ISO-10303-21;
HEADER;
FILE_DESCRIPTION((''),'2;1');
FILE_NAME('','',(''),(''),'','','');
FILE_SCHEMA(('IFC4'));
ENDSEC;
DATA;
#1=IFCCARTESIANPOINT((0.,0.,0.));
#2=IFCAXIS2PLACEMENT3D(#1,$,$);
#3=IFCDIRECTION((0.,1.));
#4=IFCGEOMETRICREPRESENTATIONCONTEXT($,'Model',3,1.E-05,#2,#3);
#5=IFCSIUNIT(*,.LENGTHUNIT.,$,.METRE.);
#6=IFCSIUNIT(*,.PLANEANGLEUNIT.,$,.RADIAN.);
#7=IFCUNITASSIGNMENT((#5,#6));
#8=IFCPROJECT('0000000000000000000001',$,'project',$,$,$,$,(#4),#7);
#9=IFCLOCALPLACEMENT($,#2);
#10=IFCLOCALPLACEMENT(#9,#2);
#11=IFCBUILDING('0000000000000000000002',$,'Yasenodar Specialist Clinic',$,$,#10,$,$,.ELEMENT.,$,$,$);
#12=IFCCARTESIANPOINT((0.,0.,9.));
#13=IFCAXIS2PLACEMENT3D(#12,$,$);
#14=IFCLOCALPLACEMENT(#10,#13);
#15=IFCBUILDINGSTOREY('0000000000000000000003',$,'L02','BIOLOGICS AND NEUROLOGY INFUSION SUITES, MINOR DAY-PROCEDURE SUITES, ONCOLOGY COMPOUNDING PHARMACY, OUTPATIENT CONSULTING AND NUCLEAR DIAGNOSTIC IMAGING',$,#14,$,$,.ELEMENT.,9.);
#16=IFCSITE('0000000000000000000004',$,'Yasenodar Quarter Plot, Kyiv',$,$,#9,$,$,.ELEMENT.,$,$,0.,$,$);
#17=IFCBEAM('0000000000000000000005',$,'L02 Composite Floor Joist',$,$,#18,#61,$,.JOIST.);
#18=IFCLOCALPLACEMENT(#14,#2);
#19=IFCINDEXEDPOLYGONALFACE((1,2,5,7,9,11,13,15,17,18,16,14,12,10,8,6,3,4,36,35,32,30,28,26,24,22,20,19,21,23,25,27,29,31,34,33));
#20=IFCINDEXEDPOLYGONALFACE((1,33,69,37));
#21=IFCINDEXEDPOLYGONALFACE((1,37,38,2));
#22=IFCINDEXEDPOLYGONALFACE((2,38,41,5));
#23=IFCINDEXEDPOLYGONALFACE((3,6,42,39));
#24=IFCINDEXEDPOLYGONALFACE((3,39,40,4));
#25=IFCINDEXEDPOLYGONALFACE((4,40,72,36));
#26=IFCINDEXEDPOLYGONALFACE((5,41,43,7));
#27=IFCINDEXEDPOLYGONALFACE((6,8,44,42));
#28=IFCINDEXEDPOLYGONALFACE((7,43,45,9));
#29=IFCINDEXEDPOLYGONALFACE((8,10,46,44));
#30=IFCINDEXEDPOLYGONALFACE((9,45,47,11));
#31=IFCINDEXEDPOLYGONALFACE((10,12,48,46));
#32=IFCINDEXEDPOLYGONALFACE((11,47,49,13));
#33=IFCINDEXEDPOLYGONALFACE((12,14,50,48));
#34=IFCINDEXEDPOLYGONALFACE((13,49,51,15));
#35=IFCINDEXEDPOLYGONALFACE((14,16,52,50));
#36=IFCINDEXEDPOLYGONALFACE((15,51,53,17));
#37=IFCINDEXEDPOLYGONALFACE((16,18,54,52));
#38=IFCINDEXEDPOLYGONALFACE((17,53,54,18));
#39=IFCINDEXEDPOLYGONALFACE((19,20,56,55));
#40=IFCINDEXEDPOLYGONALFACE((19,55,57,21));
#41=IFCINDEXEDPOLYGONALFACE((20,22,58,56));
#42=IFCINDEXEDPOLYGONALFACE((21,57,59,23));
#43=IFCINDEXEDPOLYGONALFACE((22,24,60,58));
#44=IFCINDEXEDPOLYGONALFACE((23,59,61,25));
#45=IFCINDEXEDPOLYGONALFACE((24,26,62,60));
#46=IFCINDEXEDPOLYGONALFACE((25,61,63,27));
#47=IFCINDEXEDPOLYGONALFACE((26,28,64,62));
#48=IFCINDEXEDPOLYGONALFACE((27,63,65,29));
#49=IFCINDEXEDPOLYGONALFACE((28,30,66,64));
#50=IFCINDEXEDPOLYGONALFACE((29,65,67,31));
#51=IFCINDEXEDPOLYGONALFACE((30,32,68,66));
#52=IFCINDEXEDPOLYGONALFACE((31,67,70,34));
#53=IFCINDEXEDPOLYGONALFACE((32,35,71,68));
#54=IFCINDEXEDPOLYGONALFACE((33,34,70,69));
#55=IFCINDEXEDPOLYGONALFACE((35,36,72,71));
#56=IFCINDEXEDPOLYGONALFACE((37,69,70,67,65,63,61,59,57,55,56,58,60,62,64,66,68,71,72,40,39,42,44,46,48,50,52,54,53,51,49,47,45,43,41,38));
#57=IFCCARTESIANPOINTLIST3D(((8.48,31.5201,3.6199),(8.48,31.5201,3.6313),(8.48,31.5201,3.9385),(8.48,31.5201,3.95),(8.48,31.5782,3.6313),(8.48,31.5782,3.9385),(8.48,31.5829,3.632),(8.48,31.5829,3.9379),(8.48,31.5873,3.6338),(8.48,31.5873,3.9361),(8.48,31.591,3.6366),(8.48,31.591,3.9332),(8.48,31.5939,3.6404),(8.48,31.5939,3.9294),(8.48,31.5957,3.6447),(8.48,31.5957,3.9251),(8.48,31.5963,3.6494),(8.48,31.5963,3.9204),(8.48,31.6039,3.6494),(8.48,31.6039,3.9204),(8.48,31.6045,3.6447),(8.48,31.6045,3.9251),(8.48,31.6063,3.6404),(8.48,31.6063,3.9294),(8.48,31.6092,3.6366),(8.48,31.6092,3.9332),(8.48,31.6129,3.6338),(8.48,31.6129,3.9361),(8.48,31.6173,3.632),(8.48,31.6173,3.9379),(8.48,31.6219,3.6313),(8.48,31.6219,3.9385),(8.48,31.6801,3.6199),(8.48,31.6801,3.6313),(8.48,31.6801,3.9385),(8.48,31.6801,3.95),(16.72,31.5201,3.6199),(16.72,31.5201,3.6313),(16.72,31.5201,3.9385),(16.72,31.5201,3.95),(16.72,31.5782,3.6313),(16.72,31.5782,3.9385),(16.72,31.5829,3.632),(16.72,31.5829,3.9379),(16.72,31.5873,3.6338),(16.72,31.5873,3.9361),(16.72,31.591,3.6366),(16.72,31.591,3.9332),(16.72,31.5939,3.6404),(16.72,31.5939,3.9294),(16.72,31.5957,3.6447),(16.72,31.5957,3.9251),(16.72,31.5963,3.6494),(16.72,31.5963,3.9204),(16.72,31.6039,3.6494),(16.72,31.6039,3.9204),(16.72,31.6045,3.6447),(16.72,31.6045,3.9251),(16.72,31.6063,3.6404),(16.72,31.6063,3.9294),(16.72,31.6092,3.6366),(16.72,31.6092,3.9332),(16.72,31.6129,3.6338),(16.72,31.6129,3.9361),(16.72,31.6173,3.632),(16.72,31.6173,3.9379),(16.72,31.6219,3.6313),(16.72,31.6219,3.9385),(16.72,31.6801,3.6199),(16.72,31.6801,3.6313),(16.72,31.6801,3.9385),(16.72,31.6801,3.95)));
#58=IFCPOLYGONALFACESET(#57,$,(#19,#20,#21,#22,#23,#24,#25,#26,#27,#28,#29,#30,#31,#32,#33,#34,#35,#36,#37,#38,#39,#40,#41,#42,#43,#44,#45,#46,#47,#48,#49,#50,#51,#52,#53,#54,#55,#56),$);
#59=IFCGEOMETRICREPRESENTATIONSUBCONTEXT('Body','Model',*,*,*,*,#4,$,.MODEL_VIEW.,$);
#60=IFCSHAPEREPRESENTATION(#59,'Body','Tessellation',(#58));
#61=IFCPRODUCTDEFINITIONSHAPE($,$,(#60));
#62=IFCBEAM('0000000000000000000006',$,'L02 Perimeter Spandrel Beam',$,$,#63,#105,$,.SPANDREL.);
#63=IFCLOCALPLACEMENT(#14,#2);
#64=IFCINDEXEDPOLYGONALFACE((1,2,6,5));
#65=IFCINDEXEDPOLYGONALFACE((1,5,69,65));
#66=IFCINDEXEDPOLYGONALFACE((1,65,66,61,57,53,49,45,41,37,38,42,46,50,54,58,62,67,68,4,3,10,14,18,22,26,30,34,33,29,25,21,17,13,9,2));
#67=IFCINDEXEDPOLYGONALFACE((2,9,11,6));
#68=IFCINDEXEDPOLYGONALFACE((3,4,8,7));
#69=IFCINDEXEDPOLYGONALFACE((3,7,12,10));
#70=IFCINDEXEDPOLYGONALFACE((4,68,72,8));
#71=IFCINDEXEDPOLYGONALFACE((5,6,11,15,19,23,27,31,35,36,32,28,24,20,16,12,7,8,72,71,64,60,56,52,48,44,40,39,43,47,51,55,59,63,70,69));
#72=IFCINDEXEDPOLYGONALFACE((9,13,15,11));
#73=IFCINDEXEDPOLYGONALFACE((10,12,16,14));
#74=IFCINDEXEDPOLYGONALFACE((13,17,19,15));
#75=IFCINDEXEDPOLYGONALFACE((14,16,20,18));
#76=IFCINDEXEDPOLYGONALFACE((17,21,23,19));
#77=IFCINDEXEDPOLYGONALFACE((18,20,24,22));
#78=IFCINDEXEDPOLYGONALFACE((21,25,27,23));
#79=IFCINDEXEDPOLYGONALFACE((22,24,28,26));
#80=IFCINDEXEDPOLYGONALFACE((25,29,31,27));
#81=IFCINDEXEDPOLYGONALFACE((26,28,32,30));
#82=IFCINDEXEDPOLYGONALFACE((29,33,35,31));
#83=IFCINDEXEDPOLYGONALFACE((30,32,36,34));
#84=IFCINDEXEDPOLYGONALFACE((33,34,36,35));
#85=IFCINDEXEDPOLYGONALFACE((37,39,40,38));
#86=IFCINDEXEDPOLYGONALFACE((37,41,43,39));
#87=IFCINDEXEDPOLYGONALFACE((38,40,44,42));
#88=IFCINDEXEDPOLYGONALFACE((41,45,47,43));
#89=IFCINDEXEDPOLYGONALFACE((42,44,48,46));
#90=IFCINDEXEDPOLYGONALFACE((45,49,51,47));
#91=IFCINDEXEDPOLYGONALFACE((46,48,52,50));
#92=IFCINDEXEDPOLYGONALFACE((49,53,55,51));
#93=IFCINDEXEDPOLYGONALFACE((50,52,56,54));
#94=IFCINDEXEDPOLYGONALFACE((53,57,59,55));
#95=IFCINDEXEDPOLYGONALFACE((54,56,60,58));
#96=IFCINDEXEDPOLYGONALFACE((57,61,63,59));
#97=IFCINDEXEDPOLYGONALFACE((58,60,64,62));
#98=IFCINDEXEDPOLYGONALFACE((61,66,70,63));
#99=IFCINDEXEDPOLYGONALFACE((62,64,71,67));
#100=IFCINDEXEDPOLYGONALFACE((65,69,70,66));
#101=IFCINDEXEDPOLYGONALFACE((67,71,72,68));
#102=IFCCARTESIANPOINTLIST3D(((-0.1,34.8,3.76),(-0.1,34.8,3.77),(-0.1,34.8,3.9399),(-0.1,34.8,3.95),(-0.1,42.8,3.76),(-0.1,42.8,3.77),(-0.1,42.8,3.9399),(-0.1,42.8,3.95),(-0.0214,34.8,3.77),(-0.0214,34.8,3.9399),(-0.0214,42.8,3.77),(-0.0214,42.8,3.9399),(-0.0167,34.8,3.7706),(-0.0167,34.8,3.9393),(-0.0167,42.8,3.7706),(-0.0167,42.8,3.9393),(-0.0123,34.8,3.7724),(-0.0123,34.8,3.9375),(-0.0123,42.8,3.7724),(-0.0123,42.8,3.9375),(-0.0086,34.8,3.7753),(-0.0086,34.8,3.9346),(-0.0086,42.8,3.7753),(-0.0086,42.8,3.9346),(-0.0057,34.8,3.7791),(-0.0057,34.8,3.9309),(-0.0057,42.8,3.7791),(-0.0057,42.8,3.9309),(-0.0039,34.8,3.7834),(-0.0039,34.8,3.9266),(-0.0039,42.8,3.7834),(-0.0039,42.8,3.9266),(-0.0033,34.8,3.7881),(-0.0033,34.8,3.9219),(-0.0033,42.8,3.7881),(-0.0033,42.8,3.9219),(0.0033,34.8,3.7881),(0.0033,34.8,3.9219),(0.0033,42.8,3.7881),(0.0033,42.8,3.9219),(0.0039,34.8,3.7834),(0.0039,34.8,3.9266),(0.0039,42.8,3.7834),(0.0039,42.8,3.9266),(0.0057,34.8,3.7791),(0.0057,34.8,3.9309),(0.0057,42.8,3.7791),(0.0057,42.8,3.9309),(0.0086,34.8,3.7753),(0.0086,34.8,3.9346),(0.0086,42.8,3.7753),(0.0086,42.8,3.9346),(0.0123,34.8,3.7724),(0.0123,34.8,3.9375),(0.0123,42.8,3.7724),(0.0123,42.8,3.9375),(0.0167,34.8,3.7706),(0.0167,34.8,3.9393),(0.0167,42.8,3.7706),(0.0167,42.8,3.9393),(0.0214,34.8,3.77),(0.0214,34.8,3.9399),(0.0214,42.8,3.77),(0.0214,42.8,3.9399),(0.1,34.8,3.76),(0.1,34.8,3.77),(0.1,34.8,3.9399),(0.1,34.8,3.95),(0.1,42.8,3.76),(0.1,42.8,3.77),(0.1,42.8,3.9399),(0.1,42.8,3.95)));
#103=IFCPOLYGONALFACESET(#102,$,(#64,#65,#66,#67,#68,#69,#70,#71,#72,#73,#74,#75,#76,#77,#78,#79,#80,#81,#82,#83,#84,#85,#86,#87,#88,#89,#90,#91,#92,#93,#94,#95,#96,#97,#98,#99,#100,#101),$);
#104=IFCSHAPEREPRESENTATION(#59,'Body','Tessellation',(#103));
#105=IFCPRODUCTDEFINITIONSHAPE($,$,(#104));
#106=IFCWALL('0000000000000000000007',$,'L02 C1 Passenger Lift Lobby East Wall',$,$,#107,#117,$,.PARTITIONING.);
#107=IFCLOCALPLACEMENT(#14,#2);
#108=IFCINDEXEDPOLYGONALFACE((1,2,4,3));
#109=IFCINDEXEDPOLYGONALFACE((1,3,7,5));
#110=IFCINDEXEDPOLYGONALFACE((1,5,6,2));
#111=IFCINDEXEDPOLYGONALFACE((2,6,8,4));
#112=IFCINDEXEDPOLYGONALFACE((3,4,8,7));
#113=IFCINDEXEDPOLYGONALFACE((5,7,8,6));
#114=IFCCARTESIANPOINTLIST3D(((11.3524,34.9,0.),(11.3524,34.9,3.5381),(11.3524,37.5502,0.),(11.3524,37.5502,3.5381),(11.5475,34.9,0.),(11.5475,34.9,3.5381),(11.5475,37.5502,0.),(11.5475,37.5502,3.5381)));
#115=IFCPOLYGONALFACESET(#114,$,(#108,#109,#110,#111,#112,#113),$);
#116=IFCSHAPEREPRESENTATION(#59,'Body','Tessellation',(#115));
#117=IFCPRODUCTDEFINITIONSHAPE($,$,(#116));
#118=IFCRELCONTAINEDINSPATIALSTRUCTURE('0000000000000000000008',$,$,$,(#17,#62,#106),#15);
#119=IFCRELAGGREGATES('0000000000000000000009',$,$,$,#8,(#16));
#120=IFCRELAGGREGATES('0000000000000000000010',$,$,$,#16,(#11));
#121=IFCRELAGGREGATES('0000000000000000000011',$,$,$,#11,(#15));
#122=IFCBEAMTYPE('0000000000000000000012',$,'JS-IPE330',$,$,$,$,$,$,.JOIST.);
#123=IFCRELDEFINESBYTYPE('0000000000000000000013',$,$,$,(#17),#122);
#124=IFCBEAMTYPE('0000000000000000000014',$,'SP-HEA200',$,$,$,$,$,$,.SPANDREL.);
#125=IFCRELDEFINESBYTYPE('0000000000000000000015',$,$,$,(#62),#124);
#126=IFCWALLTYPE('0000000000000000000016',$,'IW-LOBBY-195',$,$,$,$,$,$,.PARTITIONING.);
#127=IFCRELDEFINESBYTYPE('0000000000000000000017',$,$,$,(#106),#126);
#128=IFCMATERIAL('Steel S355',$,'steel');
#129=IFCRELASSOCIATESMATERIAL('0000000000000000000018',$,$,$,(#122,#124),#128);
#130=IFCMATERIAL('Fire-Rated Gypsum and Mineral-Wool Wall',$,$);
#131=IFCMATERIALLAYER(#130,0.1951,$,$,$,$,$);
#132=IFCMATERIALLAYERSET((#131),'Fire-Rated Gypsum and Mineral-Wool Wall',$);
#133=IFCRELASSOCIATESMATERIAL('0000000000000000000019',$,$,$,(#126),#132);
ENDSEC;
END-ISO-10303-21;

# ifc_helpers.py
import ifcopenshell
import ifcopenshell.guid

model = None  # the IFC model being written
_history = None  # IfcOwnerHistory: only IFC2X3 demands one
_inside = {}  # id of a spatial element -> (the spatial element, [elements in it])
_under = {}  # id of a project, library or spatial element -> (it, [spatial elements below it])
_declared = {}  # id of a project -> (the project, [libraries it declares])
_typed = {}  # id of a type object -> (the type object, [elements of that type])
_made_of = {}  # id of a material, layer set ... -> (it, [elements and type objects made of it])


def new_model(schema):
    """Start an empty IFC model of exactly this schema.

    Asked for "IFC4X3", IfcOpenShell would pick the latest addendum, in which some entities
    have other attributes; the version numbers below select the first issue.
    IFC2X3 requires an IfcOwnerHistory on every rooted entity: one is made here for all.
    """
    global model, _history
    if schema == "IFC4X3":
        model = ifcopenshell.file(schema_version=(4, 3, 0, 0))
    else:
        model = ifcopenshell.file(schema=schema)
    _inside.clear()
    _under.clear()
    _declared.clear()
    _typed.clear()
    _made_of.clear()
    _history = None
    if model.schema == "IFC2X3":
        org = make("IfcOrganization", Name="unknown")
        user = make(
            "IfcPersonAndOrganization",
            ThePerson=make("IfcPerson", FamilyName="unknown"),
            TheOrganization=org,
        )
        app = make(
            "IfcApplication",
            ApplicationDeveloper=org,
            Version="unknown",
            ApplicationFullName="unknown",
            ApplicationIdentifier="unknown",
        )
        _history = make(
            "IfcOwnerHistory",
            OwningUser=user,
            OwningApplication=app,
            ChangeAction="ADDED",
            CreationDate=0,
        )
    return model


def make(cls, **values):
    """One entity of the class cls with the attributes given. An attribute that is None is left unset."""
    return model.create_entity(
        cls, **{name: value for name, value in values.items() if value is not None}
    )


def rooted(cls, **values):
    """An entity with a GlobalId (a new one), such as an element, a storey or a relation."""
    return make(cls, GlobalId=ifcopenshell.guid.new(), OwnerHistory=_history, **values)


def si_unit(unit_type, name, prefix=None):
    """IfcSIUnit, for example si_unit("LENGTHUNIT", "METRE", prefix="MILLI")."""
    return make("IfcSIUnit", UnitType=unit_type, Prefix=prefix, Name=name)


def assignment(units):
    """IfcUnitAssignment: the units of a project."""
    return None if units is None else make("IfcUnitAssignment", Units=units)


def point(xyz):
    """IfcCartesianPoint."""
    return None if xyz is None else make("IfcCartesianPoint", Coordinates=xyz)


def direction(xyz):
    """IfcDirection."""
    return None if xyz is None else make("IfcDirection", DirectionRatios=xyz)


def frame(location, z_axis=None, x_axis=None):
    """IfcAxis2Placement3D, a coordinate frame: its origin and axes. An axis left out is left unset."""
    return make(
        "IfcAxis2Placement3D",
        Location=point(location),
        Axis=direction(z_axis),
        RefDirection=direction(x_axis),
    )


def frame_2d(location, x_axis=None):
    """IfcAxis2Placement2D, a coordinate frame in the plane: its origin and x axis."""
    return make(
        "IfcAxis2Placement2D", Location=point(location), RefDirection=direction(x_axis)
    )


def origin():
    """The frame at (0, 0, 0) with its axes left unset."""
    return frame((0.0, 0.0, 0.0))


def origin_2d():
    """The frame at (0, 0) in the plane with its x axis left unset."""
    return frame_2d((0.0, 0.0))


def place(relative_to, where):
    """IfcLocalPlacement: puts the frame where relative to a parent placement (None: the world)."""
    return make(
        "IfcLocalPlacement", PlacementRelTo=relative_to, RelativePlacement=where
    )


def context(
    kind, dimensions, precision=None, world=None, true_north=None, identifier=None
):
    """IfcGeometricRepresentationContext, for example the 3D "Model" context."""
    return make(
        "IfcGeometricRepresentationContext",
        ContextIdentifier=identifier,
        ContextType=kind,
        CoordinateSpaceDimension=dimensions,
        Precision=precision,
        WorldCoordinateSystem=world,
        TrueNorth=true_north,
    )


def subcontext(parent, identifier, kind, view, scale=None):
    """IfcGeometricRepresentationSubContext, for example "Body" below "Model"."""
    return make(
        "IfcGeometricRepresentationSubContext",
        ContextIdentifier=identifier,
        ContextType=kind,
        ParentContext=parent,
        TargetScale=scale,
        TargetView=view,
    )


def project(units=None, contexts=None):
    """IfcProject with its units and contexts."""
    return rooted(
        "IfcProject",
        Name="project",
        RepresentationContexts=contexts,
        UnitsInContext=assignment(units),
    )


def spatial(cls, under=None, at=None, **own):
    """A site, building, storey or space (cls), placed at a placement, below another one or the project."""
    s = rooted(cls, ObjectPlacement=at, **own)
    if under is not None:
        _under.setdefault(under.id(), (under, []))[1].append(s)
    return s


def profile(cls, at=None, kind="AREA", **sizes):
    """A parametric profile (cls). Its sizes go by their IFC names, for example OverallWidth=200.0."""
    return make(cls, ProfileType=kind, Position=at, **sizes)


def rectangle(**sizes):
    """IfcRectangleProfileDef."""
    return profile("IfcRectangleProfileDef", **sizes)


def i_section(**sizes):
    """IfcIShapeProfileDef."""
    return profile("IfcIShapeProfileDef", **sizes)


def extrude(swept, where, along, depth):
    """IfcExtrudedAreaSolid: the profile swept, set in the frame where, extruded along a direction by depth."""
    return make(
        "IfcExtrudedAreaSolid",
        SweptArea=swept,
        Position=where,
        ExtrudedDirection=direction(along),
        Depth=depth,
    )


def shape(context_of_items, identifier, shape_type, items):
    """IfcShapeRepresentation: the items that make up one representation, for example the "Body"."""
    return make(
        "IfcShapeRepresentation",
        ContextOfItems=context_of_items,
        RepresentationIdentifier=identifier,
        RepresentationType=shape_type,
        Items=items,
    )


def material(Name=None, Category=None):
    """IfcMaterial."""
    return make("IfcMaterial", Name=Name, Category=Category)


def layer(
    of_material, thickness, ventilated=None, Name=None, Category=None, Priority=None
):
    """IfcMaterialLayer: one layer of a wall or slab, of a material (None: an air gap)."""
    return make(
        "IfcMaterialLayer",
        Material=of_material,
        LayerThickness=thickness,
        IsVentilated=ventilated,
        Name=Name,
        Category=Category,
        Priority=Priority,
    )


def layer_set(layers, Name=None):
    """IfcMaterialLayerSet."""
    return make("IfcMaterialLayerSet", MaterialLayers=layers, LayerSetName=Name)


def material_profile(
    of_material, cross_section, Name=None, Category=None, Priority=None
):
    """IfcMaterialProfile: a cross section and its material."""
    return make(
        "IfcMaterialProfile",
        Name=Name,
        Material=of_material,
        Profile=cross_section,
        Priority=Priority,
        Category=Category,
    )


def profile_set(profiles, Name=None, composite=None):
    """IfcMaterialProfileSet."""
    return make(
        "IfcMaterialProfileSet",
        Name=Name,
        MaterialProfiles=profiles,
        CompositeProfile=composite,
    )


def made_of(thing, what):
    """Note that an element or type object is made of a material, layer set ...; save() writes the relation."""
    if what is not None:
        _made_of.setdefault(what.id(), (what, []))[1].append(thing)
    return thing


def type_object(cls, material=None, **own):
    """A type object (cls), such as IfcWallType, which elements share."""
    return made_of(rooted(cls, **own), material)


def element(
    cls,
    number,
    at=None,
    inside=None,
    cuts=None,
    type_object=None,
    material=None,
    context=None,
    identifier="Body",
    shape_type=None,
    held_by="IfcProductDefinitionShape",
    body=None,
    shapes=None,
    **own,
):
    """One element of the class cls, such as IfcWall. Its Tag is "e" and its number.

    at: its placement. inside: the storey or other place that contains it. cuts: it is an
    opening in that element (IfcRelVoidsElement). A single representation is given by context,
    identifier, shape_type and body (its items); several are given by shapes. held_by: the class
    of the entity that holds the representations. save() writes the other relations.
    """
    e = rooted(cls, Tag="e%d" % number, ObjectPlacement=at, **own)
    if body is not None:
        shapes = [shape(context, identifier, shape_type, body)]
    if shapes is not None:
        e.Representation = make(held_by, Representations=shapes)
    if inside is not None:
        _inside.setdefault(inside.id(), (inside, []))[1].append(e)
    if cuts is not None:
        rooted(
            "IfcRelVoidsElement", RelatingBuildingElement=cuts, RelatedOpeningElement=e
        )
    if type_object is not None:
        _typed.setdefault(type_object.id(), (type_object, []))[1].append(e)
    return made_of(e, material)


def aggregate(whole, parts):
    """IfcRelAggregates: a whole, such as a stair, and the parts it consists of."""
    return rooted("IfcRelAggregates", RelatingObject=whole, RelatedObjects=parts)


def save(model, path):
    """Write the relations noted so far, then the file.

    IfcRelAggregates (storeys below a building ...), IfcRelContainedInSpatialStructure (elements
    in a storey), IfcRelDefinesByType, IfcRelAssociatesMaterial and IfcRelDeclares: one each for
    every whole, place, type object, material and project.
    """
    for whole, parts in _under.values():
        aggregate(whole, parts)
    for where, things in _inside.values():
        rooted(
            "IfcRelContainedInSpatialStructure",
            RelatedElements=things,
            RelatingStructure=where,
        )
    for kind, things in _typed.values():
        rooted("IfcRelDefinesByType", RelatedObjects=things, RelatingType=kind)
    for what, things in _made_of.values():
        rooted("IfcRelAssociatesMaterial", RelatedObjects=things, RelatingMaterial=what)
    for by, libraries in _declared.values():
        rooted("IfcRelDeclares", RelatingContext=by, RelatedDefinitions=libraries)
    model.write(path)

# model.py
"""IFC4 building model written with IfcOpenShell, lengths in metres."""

from ifc_helpers import new_model, si_unit, direction, frame, frame_2d, origin, origin_2d, place, context, subcontext, project, spatial, rectangle, i_section, extrude, material, layer, layer_set, material_profile, profile_set, type_object, element, save


model = new_model("IFC4")

# Units and contexts
model_context = context("Model", 3, precision=1e-05, world=origin(), true_north=direction((0.0, 1.0)))
body_context = subcontext(model_context, "Body", "Model", "MODEL_VIEW")
ifc_project = project(units=[si_unit("LENGTHUNIT", "METRE"), si_unit("PLANEANGLEUNIT", "RADIAN")], contexts=[model_context])

# Site, building, storey
site_placement = place(None, origin())
site = spatial("IfcSite", under=ifc_project, at=site_placement, Name="Yasenodar Quarter Plot, Kyiv", CompositionType="ELEMENT", RefElevation=0.0)
building_placement = place(site_placement, origin())
building = spatial("IfcBuilding", under=site, at=building_placement, Name="Yasenodar Specialist Clinic", CompositionType="ELEMENT")
storey_placement = place(building_placement, frame((0.0, 0.0, 9.0)))
storey = spatial("IfcBuildingStorey", under=building, at=storey_placement, Name="L02", Description="BIOLOGICS AND NEUROLOGY INFUSION SUITES, MINOR DAY-PROCEDURE SUITES, ONCOLOGY COMPOUNDING PHARMACY, OUTPATIENT CONSULTING AND NUCLEAR DIAGNOSTIC IMAGING", CompositionType="ELEMENT", Elevation=9.0)

# Shared definitions
ifc_material_1 = material(Name="Steel S355", Category="steel")

# Beams
ifc_material_profile_1 = material_profile(ifc_material_1, i_section(OverallWidth=0.1599, OverallDepth=0.3301, WebThickness=0.0076, FlangeThickness=0.0115, FilletRadius=0.0181, at=origin_2d()), Name="IPE 330")
ifc_profile_set_1 = profile_set([ifc_material_profile_1], Name="Steel S355")
beam_type_1 = type_object("IfcBeamType", Name="JS-IPE330", PredefinedType="JOIST", material=ifc_profile_set_1)
beam_1_placement = place(storey_placement, frame((8.48, 31.6001, 3.7849), z_axis=(1.0, 0.0, 0.0), x_axis=(0.0, 1.0, 0.0)))
element("IfcBeam", 1, at=beam_1_placement, inside=storey, type_object=beam_type_1, Name="L02 Composite Floor Joist", PredefinedType="JOIST", context=body_context, shape_type="SweptSolid", body=[
    extrude(i_section(OverallWidth=0.1599, OverallDepth=0.3301, WebThickness=0.0076, FlangeThickness=0.0115, FilletRadius=0.0181, at=origin_2d()), origin(), (0.0, 0.0, 1.0), 8.24),
])
ifc_material_profile_2 = material_profile(ifc_material_1, i_section(OverallWidth=0.2, OverallDepth=0.1899, WebThickness=0.0066, FlangeThickness=0.01, FilletRadius=0.0181, at=origin_2d()), Name="HEA 200")
ifc_profile_set_2 = profile_set([ifc_material_profile_2], Name="Steel S355")
beam_type_2 = type_object("IfcBeamType", Name="SP-HEA200", PredefinedType="SPANDREL", material=ifc_profile_set_2)
beam_2_placement = place(storey_placement, frame((0.0, 34.8, 3.855), z_axis=(0.0, 1.0, 0.0), x_axis=(-1.0, 0.0, 0.0)))
element("IfcBeam", 2, at=beam_2_placement, inside=storey, type_object=beam_type_2, Name="L02 Perimeter Spandrel Beam", PredefinedType="SPANDREL", context=body_context, shape_type="SweptSolid", body=[
    extrude(i_section(OverallWidth=0.2, OverallDepth=0.1899, WebThickness=0.0066, FlangeThickness=0.01, FilletRadius=0.0181, at=origin_2d()), origin(), (0.0, 0.0, 1.0), 8.0),
])

# Wall
ifc_material_2 = material(Name="Fire-Rated Gypsum and Mineral-Wool Wall")
ifc_layer_1 = layer(ifc_material_2, 0.1951)
ifc_layer_set_1 = layer_set([ifc_layer_1], Name="Fire-Rated Gypsum and Mineral-Wool Wall")
wall_type_1 = type_object("IfcWallType", Name="IW-LOBBY-195", PredefinedType="PARTITIONING", material=ifc_layer_set_1)
wall_1_placement = place(storey_placement, frame((11.45, 34.8999, 0.0), z_axis=(0.0, 0.0, 1.0), x_axis=(0.0, 1.0, 0.0)))
element("IfcWall", 3, at=wall_1_placement, inside=storey, type_object=wall_type_1, Name="L02 C1 Passenger Lift Lobby East Wall", PredefinedType="PARTITIONING", context=body_context, shape_type="SweptSolid", body=[
    extrude(rectangle(XDim=2.6501, YDim=0.1951, at=frame_2d((1.3252, 0.0))), origin(), (0.0, 0.0, 1.0), 3.5381),
])

save(model, "model.ifc")
